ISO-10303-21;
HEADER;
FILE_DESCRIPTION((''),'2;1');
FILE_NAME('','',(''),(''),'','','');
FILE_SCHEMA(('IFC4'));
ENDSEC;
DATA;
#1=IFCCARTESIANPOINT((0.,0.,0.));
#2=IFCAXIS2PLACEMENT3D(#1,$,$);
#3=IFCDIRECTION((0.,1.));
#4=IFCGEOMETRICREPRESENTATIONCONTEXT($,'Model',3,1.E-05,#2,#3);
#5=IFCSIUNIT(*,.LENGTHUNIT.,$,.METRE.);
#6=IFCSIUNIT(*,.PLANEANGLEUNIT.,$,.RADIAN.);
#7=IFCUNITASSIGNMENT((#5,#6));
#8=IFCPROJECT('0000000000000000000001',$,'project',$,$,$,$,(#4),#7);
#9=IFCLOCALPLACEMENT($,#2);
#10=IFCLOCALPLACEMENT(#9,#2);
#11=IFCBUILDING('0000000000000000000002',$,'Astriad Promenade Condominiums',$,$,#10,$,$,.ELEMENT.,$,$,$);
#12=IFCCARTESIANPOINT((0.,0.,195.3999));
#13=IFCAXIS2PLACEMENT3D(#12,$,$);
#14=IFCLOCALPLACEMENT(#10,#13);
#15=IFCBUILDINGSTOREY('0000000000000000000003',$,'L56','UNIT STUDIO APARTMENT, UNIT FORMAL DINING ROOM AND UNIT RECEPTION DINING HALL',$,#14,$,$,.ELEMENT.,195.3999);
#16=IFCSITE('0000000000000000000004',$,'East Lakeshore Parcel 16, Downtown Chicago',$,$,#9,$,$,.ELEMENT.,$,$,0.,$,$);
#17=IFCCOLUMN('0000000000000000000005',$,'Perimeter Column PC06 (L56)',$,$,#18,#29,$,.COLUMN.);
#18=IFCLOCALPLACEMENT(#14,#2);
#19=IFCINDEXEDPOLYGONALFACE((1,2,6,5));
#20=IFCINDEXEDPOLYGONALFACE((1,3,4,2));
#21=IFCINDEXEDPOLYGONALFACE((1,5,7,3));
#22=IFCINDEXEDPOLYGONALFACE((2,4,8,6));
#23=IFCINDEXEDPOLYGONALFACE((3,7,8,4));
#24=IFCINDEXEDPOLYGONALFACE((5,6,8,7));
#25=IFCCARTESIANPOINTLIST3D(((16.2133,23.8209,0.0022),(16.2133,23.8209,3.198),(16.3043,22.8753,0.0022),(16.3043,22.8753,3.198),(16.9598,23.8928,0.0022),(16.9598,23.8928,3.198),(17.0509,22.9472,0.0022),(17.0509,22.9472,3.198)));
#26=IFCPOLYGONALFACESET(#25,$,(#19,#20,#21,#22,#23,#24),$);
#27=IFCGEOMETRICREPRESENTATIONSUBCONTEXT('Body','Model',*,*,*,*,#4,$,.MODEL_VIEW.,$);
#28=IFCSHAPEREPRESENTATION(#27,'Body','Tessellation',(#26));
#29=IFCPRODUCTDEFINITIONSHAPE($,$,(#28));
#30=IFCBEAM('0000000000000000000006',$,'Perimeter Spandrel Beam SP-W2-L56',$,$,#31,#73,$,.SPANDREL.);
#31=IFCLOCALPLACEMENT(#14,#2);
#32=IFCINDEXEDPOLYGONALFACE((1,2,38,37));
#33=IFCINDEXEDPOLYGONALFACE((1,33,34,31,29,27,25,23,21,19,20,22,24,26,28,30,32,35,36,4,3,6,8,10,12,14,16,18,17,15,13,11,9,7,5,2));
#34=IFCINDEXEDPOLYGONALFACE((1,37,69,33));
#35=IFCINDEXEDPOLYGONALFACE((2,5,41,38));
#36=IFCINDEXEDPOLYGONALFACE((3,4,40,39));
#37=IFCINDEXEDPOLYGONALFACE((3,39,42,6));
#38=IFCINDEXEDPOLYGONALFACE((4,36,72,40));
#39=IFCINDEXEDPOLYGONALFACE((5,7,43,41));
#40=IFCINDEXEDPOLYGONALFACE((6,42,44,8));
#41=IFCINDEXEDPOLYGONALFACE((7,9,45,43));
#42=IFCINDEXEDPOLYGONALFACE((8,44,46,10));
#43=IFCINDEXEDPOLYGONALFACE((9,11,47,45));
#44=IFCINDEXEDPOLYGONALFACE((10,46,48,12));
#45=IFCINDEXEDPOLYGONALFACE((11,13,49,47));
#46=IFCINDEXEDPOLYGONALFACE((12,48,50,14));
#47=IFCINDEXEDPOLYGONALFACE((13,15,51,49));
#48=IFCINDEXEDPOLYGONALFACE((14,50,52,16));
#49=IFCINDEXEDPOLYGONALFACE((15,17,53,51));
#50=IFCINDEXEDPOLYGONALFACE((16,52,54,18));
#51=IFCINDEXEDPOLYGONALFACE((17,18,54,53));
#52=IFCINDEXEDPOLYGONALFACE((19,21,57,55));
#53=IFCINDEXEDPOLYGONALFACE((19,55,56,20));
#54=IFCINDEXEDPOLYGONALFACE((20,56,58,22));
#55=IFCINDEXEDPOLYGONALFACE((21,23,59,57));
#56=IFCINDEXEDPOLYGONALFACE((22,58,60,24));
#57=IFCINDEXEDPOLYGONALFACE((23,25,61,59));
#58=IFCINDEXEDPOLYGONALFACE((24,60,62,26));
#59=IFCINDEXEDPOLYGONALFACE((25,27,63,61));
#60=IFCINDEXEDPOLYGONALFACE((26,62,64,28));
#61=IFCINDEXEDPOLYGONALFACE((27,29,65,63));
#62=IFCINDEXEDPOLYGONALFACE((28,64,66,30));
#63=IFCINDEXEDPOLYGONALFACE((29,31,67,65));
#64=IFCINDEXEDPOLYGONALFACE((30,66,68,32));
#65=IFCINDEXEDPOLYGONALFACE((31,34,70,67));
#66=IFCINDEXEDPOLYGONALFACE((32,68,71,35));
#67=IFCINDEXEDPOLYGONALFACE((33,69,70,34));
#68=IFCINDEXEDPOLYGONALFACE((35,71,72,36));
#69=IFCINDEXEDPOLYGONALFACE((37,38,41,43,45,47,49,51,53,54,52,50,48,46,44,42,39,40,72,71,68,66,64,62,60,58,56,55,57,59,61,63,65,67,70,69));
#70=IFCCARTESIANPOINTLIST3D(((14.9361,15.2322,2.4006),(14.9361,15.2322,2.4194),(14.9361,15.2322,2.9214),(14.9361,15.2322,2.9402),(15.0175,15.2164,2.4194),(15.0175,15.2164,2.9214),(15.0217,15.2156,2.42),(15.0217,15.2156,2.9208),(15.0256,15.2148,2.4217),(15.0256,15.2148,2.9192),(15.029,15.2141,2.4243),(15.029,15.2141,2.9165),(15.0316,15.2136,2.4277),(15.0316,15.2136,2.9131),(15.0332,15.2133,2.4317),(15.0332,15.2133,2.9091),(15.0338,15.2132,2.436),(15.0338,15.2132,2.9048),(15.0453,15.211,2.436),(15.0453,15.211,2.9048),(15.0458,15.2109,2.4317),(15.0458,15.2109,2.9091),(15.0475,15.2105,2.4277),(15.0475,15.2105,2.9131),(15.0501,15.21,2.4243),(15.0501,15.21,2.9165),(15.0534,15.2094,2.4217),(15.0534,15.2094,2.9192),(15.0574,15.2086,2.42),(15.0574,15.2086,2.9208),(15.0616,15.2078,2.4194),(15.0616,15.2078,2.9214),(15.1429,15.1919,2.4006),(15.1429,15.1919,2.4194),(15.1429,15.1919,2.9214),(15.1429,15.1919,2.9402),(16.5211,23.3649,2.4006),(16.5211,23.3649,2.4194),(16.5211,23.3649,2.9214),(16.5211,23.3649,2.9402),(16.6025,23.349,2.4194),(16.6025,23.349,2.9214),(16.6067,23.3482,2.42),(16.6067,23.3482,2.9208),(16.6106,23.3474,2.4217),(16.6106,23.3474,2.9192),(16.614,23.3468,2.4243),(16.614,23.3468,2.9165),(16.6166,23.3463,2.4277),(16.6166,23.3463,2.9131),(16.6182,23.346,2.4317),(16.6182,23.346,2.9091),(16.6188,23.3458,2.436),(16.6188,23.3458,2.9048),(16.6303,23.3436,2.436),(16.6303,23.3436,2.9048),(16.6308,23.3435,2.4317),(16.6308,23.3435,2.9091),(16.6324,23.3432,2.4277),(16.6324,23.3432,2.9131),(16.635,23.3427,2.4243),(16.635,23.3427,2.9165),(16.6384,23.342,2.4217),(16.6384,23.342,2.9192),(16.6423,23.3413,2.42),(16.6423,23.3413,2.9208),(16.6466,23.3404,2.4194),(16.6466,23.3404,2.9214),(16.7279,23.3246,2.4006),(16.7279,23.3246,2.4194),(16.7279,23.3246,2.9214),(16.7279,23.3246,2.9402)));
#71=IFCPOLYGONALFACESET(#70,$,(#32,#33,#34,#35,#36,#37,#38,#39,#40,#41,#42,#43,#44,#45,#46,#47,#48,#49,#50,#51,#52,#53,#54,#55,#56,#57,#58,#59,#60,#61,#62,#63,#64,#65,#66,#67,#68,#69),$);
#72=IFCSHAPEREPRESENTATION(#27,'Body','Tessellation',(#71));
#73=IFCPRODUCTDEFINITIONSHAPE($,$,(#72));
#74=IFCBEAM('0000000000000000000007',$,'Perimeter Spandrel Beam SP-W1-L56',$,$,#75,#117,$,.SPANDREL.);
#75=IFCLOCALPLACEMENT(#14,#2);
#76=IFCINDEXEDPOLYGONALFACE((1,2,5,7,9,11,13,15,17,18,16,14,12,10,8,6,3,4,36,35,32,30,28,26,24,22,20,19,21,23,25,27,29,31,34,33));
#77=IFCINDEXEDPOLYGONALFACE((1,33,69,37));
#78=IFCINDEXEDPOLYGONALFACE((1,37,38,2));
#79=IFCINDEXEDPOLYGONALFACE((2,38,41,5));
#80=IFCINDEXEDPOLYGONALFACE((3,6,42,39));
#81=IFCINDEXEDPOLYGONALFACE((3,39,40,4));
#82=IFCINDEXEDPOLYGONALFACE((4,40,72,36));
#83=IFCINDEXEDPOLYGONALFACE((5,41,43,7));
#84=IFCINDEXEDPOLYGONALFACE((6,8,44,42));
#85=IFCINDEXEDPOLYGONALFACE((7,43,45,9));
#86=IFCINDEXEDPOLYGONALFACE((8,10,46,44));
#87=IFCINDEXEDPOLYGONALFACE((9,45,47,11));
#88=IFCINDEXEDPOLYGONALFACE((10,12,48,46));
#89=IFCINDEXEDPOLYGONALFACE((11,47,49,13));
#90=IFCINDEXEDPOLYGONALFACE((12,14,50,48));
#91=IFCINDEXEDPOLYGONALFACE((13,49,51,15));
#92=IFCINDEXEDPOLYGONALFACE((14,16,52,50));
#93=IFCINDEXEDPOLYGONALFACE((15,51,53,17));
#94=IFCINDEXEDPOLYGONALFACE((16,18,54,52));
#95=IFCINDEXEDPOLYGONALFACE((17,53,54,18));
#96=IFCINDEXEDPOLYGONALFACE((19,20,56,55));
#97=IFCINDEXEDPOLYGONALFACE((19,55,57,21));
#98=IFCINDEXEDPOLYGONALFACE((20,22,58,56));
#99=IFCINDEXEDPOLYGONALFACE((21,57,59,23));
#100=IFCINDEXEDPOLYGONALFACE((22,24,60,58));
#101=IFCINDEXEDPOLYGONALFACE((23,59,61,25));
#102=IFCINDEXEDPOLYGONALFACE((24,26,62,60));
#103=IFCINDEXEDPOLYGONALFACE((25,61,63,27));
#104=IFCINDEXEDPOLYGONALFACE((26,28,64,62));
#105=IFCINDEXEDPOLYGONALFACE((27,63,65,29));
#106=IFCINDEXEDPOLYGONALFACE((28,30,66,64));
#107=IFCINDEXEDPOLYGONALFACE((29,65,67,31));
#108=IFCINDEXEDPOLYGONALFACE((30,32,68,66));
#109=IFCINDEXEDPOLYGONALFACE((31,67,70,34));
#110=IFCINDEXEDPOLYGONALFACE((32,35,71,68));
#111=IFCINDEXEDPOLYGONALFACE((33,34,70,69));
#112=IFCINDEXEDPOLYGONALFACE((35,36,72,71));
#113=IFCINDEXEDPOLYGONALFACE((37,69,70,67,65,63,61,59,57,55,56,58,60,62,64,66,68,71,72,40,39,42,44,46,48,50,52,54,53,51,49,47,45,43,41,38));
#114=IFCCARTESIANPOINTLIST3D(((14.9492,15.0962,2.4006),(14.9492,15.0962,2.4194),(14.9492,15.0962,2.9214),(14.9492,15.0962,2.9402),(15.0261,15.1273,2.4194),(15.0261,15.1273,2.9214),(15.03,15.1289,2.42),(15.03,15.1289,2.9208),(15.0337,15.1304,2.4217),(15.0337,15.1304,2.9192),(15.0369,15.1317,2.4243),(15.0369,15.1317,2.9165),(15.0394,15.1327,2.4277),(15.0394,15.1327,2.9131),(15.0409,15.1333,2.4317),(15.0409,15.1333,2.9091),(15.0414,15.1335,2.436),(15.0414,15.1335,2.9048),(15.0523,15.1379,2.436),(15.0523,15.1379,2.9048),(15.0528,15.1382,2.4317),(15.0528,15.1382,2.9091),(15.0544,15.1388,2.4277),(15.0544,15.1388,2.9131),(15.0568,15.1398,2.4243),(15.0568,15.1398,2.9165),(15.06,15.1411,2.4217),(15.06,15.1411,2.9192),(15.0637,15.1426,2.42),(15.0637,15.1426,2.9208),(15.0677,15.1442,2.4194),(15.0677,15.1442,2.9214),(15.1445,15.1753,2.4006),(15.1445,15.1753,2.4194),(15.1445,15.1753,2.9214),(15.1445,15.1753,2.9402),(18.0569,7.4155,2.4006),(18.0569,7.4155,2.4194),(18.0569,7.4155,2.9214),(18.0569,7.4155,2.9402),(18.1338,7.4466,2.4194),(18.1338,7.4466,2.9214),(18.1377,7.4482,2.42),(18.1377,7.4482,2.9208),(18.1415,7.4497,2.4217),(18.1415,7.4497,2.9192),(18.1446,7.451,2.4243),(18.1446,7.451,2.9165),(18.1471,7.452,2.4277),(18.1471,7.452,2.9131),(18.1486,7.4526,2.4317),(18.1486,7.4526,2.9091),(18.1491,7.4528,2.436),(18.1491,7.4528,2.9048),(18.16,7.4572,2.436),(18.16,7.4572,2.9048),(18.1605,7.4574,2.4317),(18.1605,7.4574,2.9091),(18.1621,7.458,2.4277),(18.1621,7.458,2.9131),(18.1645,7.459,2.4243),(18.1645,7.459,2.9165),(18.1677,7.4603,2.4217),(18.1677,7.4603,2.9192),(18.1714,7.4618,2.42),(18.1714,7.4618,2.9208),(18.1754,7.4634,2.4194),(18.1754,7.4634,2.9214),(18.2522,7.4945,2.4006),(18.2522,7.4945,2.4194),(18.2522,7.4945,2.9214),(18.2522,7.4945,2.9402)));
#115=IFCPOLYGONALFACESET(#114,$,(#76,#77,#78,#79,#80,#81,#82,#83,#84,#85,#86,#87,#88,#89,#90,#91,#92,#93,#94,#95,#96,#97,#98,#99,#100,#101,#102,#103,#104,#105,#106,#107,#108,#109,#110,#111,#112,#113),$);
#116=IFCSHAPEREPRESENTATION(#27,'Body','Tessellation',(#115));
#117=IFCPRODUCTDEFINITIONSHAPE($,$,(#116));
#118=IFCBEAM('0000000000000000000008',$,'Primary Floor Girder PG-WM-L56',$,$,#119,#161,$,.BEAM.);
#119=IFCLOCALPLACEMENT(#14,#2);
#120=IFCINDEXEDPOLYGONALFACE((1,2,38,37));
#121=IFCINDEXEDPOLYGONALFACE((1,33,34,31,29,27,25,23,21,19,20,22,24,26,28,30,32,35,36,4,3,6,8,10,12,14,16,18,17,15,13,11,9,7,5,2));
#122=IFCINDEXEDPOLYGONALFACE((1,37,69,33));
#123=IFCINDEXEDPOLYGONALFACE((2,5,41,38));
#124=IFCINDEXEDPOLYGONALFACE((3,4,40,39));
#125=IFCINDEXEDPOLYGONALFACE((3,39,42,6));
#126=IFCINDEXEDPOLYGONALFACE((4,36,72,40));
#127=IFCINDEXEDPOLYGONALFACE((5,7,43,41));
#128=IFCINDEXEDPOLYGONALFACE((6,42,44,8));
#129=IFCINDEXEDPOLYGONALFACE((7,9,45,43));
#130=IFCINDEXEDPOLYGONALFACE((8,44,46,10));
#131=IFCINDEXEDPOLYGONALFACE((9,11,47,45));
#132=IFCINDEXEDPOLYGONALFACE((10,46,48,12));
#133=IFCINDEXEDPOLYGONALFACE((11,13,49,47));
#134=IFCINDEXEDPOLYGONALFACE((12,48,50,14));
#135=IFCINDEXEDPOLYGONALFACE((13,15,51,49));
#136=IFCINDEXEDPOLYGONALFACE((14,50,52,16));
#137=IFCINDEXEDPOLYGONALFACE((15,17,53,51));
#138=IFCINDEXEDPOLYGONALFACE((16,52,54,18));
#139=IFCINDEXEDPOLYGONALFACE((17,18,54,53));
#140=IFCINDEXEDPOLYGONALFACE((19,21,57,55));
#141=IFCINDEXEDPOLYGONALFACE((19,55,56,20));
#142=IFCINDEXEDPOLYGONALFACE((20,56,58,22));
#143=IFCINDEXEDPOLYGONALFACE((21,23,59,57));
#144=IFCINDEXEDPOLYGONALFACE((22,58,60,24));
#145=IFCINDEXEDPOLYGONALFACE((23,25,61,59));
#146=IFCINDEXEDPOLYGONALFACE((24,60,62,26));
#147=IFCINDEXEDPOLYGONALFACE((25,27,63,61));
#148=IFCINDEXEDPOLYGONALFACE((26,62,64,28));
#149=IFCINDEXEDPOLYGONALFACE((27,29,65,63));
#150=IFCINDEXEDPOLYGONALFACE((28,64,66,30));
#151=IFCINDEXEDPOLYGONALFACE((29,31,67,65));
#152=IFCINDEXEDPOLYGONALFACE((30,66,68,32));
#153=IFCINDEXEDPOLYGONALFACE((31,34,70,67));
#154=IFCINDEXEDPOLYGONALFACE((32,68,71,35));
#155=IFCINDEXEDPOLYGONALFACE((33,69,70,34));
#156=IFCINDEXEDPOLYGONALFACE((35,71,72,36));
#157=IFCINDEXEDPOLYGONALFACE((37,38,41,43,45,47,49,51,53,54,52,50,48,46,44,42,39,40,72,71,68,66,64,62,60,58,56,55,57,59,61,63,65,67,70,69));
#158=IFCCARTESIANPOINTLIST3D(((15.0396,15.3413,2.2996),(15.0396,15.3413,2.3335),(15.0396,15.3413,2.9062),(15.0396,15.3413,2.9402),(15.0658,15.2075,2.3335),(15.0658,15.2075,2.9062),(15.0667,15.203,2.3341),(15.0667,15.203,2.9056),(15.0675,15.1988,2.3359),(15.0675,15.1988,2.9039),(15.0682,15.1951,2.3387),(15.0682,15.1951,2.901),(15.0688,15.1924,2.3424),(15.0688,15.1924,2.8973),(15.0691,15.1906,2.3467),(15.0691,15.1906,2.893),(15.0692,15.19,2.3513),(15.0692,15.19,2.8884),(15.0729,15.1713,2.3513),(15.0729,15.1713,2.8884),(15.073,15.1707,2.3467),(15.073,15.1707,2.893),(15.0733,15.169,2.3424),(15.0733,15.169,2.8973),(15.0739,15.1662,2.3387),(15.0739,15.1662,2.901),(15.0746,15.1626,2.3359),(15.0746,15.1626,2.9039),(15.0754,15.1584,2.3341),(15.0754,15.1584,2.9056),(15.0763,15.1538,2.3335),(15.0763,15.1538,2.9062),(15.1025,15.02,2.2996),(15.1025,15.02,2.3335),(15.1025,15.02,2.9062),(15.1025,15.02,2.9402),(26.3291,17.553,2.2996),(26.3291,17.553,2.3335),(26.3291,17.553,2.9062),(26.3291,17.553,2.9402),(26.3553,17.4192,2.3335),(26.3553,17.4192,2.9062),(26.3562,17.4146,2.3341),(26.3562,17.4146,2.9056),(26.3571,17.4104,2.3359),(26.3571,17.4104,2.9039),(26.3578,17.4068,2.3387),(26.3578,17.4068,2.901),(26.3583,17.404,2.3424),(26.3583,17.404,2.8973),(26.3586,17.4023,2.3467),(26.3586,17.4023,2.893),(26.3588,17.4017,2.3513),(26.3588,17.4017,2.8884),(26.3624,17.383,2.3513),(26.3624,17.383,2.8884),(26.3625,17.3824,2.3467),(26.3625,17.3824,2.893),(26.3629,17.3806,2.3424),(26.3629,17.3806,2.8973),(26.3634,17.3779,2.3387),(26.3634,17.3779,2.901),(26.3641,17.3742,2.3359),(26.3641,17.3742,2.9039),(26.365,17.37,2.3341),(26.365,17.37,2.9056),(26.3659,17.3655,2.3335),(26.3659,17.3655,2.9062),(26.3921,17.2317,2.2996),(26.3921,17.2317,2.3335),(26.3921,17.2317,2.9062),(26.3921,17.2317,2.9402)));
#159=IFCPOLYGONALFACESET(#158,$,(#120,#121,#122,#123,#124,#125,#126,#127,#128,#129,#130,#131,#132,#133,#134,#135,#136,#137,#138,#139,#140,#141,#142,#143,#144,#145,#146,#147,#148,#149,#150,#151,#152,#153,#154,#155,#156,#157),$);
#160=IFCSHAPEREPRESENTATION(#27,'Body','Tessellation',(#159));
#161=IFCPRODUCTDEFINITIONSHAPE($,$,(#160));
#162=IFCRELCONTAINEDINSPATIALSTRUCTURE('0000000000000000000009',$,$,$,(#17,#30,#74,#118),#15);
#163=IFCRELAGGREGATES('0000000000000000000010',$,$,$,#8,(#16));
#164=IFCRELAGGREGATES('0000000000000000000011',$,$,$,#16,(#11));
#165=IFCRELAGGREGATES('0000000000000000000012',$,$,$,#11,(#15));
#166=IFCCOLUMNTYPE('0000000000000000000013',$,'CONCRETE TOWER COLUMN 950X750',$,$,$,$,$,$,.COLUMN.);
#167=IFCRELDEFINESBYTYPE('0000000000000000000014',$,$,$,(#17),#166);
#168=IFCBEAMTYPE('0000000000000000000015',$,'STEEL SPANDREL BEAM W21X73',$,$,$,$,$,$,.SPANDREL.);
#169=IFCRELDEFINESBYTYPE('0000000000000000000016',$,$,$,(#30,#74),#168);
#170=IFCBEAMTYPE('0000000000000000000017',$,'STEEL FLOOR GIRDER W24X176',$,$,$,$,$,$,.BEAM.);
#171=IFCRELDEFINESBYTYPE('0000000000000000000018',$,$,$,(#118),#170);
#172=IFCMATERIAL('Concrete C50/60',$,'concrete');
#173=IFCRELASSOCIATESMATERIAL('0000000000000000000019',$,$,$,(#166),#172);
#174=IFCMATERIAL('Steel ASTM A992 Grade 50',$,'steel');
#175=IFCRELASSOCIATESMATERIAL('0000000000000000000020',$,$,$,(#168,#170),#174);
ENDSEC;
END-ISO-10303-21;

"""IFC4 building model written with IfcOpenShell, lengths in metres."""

from ifc_helpers import new_model, si_unit, direction, frame, origin, origin_2d, place, context, subcontext, project, spatial, rectangle, i_section, extrude, source, transform, mapped, material, material_profile, profile_set, type_object, type_shapes, element, save


model = new_model("IFC4")

# Units and contexts
model_context = context("Model", 3, precision=1e-05, world=origin(), true_north=direction((0.0, 1.0)))
body_context = subcontext(model_context, "Body", "Model", "MODEL_VIEW")
ifc_project = project(units=[si_unit("LENGTHUNIT", "METRE"), si_unit("PLANEANGLEUNIT", "RADIAN")], contexts=[model_context])

# Site, building, storey
site_placement = place(None, origin())
site = spatial("IfcSite", under=ifc_project, at=site_placement, Name="East Lakeshore Parcel 16, Downtown Chicago", CompositionType="ELEMENT", RefElevation=0.0)
building_placement = place(site_placement, origin())
building = spatial("IfcBuilding", under=site, at=building_placement, Name="Astriad Promenade Condominiums", CompositionType="ELEMENT")
storey_placement = place(building_placement, frame((0.0, 0.0, 195.3999)))
storey = spatial("IfcBuildingStorey", under=building, at=storey_placement, Name="L56", Description="UNIT STUDIO APARTMENT, UNIT FORMAL DINING ROOM AND UNIT RECEPTION DINING HALL", CompositionType="ELEMENT", Elevation=195.3999)

# Column
ifc_material_1 = material(Name="Concrete C50/60", Category="concrete")
ifc_material_profile_1 = material_profile(ifc_material_1, rectangle(XDim=0.75, YDim=0.95, at=origin_2d()), Name="RC-COL-950X750")
ifc_profile_set_1 = profile_set([ifc_material_profile_1], Name="Concrete C50/60")
column_type = type_object("IfcColumnType", Name="CONCRETE TOWER COLUMN 950X750", PredefinedType="COLUMN", material=ifc_profile_set_1)
shared_shape_1 = source(origin(), body_context, "Body", "SweptSolid", [
    extrude(rectangle(XDim=0.75, YDim=0.95, at=origin_2d()), origin(), (0.0, 0.0, 1.0), 3.1958),
])
type_shapes(column_type, [shared_shape_1])
column_placement = place(storey_placement, frame((16.6321, 23.384, 0.0022), z_axis=(0.0, 0.0, 1.0), x_axis=(0.995396, 0.095846, 0.0)))
element("IfcColumn", 1, at=column_placement, inside=storey, type_object=column_type, Name="Perimeter Column PC06 (L56)", PredefinedType="COLUMN", context=body_context, shape_type="MappedRepresentation", body=[
    mapped(shared_shape_1, transform((0.0, 0.0, 0.0), scale=1.0)),
])

# Beams
ifc_material_2 = material(Name="Steel ASTM A992 Grade 50", Category="steel")
ifc_material_profile_2 = material_profile(ifc_material_2, i_section(OverallWidth=0.2107, OverallDepth=0.5396, WebThickness=0.0117, FlangeThickness=0.0188, FilletRadius=0.0166, at=origin_2d()), Name="W21X73")
ifc_profile_set_2 = profile_set([ifc_material_profile_2], Name="Steel ASTM A992 Grade 50")
beam_type_1 = type_object("IfcBeamType", Name="STEEL SPANDREL BEAM W21X73", PredefinedType="SPANDREL", material=ifc_profile_set_2)
shared_shape_2 = source(origin(), body_context, "Body", "SweptSolid", [
    extrude(i_section(OverallWidth=0.2107, OverallDepth=0.5396, WebThickness=0.0117, FlangeThickness=0.0188, FilletRadius=0.0166, at=origin_2d()), origin(), (0.0, 0.0, 1.0), 8.2856),
])
type_shapes(beam_type_1, [shared_shape_2])
for number, where, z_axis, x_axis, name in (
    (2, (16.6245, 23.3447, 2.6704), (-0.191292, -0.981533, 0.0), (0.981533, -0.191292, 0.0), "Perimeter Spandrel Beam SP-W2-L56"),
    (3, (15.0469, 15.1357, 2.6704), (0.375071, -0.926996, 0.0), (0.926996, 0.375071, 0.0), "Perimeter Spandrel Beam SP-W1-L56"),
):
    element("IfcBeam", number, at=place(storey_placement, frame(where, z_axis=z_axis, x_axis=x_axis)), inside=storey, type_object=beam_type_1, Name=name, PredefinedType="SPANDREL", context=body_context, shape_type="MappedRepresentation", body=[
        mapped(shared_shape_2, transform((0.0, 0.0, 0.0), scale=1.0)),
    ])
ifc_material_profile_3 = material_profile(ifc_material_2, i_section(OverallWidth=0.3274, OverallDepth=0.6406, WebThickness=0.019, FlangeThickness=0.0339, FilletRadius=0.0178, at=origin_2d()), Name="W24X176")
ifc_profile_set_3 = profile_set([ifc_material_profile_3], Name="Steel ASTM A992 Grade 50")
beam_type_2 = type_object("IfcBeamType", Name="STEEL FLOOR GIRDER W24X176", PredefinedType="BEAM", material=ifc_profile_set_3)
shared_shape_3 = source(origin(), body_context, "Body", "SweptSolid", [
    extrude(i_section(OverallWidth=0.3274, OverallDepth=0.6406, WebThickness=0.019, FlangeThickness=0.0339, FilletRadius=0.0178, at=origin_2d()), origin(), (0.0, 0.0, 1.0), 11.5042),
])
type_shapes(beam_type_2, [shared_shape_3])
beam_1_placement = place(storey_placement, frame((15.071, 15.1807, 2.6199), z_axis=(0.981346, 0.19225, 0.0), x_axis=(-0.19225, 0.981346, 0.0)))
element("IfcBeam", 4, at=beam_1_placement, inside=storey, type_object=beam_type_2, Name="Primary Floor Girder PG-WM-L56", PredefinedType="BEAM", context=body_context, shape_type="MappedRepresentation", body=[
    mapped(shared_shape_3, transform((0.0, 0.0, 0.0), scale=1.0)),
])

save(model, "model.ifc")
